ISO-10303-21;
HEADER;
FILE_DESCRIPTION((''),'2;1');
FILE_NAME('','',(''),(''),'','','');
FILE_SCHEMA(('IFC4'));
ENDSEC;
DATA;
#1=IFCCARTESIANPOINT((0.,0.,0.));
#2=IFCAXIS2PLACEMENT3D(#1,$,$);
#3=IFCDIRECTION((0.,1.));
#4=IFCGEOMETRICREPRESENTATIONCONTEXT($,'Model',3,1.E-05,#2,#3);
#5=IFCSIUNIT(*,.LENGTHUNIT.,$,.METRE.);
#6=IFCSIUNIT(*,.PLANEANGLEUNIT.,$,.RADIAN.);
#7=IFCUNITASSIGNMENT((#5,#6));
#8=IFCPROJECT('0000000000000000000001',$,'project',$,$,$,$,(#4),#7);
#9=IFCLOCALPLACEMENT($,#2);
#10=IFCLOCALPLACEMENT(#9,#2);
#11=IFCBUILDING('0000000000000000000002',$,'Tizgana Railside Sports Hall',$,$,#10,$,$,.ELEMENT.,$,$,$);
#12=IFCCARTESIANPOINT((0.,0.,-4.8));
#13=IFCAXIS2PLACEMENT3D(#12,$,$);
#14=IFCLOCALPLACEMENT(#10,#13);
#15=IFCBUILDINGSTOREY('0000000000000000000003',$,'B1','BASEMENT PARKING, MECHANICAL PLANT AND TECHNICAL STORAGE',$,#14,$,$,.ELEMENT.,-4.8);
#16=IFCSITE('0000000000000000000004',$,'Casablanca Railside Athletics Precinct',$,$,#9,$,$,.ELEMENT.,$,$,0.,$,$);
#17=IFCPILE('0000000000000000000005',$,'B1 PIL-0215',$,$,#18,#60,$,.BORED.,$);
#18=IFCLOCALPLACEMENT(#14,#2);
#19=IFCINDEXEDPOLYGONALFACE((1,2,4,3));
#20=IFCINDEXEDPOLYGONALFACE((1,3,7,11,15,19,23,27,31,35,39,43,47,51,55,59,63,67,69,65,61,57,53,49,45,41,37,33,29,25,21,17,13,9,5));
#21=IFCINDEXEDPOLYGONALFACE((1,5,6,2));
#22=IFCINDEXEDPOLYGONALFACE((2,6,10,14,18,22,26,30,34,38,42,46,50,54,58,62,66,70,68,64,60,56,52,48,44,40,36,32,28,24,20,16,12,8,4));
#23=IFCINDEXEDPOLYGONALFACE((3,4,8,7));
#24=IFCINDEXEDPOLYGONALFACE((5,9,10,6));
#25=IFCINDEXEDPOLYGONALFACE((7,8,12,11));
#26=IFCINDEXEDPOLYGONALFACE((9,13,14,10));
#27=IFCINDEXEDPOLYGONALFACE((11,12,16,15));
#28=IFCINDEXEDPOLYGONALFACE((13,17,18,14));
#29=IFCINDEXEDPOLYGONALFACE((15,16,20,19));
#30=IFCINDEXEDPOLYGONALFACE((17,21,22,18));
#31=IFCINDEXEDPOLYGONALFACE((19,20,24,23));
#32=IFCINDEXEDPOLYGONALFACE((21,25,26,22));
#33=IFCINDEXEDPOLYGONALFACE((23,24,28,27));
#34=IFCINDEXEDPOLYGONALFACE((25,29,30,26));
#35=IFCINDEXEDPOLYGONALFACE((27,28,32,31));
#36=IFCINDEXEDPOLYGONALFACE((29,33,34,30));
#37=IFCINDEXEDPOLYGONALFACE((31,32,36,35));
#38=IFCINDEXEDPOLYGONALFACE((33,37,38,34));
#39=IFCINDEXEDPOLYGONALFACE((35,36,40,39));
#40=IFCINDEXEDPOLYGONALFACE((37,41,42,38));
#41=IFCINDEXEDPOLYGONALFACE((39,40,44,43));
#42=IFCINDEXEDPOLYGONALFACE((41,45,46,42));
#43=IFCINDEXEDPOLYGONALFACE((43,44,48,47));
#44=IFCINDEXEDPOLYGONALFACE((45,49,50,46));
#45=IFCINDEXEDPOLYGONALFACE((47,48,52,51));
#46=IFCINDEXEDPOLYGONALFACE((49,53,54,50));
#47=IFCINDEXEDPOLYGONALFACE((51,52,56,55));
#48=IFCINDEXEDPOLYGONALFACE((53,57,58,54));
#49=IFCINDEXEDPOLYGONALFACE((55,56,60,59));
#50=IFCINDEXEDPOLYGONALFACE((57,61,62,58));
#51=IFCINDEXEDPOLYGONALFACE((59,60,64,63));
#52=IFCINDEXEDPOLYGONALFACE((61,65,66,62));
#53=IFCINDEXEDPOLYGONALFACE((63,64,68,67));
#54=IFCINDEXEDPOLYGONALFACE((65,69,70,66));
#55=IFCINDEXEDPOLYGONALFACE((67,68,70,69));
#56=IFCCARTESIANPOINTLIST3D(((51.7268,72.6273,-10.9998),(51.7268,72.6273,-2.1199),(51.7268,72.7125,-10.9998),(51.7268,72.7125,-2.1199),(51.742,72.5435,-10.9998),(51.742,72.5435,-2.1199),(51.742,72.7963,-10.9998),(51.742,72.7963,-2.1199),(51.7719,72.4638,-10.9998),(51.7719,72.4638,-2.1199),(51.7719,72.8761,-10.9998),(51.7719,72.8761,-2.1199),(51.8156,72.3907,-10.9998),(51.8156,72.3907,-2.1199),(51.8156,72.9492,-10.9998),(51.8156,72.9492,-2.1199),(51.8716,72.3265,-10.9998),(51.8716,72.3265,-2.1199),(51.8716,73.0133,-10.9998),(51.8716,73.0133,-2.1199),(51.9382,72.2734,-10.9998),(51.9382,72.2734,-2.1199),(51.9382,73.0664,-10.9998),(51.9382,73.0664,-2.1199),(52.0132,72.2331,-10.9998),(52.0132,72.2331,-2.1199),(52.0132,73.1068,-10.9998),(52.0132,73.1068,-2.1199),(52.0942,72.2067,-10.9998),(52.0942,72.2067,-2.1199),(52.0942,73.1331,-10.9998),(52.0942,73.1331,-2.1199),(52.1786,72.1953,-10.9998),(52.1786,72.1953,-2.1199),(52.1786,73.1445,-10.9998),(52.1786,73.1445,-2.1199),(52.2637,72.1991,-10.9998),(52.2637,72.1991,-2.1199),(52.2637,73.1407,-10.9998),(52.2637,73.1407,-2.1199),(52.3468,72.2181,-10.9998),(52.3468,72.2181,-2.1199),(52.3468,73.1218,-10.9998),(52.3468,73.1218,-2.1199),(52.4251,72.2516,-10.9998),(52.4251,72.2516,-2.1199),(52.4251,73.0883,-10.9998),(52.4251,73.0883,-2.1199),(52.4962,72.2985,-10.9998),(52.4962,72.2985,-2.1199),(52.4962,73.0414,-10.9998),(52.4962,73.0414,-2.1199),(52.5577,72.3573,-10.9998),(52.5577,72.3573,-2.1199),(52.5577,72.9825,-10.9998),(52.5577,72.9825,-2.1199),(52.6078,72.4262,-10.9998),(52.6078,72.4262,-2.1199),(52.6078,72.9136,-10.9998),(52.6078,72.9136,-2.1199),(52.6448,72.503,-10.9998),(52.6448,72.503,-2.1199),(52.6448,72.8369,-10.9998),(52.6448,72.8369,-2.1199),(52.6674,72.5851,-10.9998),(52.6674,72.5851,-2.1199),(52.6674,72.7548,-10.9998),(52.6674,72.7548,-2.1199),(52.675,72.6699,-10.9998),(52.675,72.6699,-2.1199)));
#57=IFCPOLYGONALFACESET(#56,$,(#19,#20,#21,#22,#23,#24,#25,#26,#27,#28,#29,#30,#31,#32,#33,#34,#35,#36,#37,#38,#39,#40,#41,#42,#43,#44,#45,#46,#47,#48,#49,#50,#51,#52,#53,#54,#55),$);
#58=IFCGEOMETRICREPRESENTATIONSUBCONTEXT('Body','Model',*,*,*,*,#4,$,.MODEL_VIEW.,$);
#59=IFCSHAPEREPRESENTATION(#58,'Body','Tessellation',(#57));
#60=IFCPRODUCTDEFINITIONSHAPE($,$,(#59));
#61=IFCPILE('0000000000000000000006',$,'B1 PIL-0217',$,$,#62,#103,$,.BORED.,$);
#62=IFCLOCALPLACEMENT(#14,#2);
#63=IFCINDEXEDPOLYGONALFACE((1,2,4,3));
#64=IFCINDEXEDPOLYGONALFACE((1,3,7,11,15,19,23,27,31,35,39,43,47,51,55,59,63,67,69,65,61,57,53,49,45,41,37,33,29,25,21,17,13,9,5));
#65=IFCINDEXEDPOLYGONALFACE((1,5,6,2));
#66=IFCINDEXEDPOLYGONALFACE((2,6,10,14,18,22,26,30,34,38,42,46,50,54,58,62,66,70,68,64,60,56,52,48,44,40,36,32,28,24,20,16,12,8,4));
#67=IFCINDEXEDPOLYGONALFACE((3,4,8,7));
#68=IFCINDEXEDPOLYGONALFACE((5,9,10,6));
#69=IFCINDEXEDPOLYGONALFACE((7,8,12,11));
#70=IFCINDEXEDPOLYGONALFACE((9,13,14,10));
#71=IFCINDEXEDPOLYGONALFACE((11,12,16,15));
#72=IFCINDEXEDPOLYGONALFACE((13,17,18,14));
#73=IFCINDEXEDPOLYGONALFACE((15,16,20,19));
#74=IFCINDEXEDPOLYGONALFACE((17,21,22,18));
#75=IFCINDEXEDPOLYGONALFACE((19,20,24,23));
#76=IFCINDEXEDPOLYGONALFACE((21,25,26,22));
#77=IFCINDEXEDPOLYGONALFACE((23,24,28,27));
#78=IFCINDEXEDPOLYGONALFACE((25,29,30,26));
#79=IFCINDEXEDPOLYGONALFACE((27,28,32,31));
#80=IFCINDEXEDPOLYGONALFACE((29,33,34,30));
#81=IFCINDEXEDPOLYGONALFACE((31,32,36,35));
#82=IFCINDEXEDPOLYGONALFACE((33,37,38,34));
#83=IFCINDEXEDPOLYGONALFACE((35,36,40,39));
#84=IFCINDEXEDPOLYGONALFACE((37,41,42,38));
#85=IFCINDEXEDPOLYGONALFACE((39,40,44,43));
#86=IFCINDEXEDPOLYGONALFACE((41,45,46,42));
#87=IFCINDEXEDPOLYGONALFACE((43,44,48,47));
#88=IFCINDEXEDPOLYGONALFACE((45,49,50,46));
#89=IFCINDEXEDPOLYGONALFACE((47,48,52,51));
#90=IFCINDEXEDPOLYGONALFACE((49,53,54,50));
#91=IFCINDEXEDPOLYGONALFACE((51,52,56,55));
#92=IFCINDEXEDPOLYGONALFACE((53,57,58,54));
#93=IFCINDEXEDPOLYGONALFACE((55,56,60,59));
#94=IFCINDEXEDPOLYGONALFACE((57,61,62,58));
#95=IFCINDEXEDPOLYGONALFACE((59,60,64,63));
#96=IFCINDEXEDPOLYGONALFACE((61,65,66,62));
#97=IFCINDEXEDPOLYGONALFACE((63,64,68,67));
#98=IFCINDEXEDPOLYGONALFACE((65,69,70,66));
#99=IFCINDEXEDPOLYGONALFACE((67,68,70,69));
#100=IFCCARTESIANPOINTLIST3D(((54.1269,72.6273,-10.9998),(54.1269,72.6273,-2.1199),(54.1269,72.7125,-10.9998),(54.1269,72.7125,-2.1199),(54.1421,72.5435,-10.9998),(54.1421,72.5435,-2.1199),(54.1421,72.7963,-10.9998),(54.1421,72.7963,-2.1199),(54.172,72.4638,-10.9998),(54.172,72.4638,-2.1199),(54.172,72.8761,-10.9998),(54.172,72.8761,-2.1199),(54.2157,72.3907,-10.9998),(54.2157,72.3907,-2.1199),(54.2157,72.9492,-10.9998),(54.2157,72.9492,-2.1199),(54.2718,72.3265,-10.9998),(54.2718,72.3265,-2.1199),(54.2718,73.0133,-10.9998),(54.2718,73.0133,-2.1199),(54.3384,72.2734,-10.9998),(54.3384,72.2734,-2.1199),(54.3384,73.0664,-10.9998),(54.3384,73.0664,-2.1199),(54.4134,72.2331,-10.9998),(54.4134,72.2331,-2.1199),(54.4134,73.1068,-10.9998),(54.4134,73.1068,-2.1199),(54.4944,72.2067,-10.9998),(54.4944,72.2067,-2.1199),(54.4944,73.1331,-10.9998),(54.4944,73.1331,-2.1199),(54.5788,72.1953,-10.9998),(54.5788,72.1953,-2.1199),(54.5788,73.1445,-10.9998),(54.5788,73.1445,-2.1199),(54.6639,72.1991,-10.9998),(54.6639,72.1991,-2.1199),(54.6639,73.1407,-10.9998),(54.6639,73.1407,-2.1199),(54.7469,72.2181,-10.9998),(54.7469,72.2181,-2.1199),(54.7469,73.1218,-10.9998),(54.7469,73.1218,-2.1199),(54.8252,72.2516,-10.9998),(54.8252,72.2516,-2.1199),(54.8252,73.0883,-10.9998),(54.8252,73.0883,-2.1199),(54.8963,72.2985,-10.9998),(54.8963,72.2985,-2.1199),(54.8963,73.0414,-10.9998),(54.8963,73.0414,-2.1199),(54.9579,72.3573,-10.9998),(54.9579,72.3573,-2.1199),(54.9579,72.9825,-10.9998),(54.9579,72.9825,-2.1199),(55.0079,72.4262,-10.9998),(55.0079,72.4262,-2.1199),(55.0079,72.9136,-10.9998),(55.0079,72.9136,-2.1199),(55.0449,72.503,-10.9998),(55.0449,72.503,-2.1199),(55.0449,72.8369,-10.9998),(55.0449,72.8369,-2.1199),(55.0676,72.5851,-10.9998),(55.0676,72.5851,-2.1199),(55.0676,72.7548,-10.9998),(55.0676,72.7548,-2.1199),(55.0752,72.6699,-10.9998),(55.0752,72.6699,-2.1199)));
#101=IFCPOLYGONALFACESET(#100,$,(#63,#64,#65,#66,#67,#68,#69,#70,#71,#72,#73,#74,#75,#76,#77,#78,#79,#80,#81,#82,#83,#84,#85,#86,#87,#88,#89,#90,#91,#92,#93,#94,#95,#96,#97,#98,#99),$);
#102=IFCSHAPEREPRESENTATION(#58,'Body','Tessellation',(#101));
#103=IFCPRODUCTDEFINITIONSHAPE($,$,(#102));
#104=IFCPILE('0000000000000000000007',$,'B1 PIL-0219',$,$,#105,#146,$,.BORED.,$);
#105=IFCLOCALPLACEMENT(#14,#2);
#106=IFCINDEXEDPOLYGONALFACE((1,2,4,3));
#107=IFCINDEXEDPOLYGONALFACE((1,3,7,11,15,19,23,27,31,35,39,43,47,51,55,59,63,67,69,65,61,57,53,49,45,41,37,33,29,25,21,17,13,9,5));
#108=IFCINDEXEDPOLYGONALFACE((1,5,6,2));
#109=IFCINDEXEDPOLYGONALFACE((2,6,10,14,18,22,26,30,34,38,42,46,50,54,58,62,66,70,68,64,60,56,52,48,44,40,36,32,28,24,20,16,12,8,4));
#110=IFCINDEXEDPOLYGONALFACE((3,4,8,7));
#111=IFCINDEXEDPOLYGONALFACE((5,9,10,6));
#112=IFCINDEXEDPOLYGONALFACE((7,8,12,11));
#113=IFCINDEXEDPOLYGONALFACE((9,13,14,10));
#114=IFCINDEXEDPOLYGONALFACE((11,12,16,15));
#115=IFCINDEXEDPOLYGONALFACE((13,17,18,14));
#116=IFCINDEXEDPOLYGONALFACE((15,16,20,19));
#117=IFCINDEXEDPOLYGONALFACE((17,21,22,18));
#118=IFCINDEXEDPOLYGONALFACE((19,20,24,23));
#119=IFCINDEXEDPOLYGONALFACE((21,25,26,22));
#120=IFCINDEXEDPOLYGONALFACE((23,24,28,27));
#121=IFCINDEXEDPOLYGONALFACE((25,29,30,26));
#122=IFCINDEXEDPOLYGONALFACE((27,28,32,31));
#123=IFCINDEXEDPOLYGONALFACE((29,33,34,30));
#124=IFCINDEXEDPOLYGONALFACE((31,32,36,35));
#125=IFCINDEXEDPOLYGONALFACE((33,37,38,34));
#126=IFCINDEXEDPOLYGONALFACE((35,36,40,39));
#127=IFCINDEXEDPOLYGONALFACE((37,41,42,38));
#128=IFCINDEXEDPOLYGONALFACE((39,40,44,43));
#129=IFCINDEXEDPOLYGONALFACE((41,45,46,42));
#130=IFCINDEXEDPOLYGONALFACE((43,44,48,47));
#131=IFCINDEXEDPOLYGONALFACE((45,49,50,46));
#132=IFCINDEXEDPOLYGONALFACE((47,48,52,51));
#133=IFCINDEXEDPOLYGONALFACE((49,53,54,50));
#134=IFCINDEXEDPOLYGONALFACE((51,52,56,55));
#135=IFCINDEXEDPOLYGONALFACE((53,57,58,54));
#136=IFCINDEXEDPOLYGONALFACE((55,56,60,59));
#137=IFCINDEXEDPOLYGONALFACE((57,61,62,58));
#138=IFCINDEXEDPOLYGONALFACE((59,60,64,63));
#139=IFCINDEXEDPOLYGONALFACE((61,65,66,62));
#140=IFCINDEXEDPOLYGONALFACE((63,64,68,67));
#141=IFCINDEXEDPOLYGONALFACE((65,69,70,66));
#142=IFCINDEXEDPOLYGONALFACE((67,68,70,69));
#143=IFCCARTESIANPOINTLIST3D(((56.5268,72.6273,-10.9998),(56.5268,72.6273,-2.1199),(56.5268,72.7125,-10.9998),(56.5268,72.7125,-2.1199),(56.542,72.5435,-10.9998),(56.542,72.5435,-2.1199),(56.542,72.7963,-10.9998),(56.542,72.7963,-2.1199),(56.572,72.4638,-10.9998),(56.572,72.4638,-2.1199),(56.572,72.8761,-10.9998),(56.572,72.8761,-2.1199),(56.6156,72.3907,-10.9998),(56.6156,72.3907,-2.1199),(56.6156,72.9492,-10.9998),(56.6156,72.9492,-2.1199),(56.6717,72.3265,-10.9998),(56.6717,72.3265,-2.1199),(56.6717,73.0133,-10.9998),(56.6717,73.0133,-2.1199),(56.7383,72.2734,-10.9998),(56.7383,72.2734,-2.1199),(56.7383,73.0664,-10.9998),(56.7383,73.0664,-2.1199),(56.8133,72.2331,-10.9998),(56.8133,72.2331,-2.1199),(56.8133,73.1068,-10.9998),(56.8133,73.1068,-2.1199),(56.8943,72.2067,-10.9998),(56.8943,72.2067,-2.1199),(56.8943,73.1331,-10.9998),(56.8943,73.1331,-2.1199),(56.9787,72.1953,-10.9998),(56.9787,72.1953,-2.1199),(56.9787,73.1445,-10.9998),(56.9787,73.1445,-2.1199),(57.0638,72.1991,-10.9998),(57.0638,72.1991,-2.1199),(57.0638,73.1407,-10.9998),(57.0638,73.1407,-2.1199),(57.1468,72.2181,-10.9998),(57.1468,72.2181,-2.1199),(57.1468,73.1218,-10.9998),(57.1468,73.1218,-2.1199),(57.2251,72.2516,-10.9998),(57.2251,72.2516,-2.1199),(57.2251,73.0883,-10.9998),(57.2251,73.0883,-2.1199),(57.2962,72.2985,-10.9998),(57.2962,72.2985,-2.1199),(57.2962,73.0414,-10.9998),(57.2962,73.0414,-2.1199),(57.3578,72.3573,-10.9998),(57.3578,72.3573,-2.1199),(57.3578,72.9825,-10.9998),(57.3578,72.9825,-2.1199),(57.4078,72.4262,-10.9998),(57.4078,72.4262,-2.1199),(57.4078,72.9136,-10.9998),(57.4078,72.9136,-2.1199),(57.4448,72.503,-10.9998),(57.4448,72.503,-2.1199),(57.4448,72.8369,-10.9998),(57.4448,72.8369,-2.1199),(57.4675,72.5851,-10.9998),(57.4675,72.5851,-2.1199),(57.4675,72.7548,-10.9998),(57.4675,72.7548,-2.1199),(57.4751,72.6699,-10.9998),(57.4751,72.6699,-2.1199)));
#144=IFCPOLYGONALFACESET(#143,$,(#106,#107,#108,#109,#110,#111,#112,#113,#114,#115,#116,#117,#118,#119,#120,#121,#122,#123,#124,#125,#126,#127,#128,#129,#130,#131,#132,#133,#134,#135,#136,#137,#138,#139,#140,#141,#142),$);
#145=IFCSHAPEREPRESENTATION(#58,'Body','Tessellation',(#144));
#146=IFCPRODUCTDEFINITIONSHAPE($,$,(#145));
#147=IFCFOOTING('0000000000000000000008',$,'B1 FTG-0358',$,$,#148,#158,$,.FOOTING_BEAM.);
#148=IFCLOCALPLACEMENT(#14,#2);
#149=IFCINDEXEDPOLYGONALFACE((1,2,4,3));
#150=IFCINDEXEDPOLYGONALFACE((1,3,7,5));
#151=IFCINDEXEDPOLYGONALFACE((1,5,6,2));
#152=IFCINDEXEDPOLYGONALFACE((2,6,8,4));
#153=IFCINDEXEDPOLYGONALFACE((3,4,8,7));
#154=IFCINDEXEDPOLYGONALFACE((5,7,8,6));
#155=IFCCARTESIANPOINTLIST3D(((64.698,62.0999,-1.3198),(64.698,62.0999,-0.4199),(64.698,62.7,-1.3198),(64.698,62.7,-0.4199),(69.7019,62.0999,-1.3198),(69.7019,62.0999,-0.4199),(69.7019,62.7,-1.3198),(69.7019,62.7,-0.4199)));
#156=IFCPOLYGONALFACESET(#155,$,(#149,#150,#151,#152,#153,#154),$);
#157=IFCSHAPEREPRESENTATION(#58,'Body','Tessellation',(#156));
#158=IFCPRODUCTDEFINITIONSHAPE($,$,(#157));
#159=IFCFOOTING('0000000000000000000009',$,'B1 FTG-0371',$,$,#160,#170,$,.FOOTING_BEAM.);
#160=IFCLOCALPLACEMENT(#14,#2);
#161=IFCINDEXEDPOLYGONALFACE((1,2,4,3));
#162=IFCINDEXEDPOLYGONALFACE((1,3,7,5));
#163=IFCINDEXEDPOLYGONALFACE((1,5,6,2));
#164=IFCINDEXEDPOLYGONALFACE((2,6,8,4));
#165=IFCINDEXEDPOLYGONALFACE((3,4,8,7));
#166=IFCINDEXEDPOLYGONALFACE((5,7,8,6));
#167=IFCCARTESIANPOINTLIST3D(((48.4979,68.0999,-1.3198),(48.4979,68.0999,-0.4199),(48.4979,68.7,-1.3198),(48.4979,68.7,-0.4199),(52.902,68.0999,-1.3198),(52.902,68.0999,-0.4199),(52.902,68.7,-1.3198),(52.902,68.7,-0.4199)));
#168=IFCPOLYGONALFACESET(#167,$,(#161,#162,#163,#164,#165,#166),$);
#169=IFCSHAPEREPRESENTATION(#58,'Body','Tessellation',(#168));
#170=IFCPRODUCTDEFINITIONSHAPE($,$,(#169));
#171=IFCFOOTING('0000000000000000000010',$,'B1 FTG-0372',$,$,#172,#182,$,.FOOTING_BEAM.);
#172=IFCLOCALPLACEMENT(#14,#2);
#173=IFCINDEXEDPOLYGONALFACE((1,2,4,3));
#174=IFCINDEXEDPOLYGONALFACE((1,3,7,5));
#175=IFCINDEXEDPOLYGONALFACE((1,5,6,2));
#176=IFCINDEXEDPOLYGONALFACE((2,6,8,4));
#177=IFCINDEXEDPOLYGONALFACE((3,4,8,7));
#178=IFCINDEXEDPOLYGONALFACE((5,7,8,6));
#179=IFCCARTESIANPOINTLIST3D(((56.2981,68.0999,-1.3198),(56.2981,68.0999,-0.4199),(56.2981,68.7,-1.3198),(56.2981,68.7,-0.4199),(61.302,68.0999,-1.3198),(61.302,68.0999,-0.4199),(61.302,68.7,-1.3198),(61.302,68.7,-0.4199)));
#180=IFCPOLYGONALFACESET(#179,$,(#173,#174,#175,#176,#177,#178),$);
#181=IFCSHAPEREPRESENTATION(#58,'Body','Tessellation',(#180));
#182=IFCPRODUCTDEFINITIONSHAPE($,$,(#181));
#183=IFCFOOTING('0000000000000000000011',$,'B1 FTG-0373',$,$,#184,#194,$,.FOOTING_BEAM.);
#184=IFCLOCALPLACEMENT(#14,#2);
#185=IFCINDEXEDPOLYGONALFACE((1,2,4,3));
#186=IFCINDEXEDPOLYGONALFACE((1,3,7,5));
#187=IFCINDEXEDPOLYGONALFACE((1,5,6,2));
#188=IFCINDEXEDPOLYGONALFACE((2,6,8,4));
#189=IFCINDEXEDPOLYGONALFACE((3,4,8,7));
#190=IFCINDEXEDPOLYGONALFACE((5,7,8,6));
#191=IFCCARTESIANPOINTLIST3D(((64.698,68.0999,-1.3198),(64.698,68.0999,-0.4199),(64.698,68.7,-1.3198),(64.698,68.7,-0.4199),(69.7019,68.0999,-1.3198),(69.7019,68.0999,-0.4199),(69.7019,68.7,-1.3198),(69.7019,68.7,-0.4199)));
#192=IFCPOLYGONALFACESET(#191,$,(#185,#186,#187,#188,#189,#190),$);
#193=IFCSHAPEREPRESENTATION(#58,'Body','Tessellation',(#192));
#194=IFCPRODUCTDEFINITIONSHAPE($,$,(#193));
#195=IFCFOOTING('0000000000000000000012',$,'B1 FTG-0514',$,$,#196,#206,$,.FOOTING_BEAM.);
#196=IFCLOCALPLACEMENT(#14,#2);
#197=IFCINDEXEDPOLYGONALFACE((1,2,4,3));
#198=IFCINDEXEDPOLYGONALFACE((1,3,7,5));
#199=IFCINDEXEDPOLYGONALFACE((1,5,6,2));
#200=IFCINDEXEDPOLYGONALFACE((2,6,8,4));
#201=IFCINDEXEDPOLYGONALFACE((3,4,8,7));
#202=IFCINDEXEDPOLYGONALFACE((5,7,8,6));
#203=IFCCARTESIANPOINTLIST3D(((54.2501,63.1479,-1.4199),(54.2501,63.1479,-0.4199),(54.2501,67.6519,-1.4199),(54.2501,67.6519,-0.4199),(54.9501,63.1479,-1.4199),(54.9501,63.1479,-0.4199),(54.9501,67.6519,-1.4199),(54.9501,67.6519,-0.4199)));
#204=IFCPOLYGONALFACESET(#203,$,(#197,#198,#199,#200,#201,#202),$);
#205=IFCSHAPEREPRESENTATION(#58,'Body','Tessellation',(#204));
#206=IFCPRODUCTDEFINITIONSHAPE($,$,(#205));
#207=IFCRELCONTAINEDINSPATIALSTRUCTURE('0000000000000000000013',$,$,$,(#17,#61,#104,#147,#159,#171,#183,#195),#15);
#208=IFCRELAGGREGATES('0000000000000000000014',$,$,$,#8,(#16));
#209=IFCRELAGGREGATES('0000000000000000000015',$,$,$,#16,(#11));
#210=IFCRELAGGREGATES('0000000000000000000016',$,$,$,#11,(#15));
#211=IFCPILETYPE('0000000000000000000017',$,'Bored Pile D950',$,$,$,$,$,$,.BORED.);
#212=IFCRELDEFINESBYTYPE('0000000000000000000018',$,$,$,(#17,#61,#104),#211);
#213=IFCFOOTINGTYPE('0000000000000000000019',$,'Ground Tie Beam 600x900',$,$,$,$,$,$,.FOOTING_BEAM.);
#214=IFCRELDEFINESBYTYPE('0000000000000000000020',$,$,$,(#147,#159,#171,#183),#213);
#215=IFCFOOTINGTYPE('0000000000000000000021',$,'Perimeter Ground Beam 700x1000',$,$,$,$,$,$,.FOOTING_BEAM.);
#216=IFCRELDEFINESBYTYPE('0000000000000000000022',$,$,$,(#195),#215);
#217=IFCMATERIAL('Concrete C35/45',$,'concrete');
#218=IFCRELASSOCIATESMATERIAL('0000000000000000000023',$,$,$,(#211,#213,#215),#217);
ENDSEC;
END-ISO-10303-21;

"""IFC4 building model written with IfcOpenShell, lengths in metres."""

from ifc_helpers import new_model, si_unit, direction, frame, origin, origin_2d, place, context, subcontext, project, spatial, rectangle, circle, extrude, material, material_profile, profile_set, type_object, element, save


model = new_model("IFC4")

# Units and contexts
model_context = context("Model", 3, precision=1e-05, world=origin(), true_north=direction((0.0, 1.0)))
body_context = subcontext(model_context, "Body", "Model", "MODEL_VIEW")
ifc_project = project(units=[si_unit("LENGTHUNIT", "METRE"), si_unit("PLANEANGLEUNIT", "RADIAN")], contexts=[model_context])

# Site, building, storey
site_placement = place(None, origin())
site = spatial("IfcSite", under=ifc_project, at=site_placement, Name="Casablanca Railside Athletics Precinct", CompositionType="ELEMENT", RefElevation=0.0)
building_placement = place(site_placement, origin())
building = spatial("IfcBuilding", under=site, at=building_placement, Name="Tizgana Railside Sports Hall", CompositionType="ELEMENT")
storey_placement = place(building_placement, frame((0.0, 0.0, -4.8)))
storey = spatial("IfcBuildingStorey", under=building, at=storey_placement, Name="B1", Description="BASEMENT PARKING, MECHANICAL PLANT AND TECHNICAL STORAGE", CompositionType="ELEMENT", Elevation=-4.8)

# Piles
ifc_material_1 = material(Name="Concrete C35/45", Category="concrete")
ifc_material_profile_1 = material_profile(ifc_material_1, circle(Radius=0.4751, at=origin_2d()), Name="PILE D950")
ifc_profile_set_1 = profile_set([ifc_material_profile_1], Name="Concrete C35/45")
pile_type_1 = type_object("IfcPileType", Name="Bored Pile D950", PredefinedType="BORED", material=ifc_profile_set_1)
for number, where, z_axis, x_axis, name in (
    (1, (52.2, 72.6699, -2.1199), (0.0, 0.0, -1.0), (1.0, 0.0, 0.0), "B1 PIL-0215"),
    (2, (54.6001, 72.6699, -2.1199), (0.0, 0.0, -1.0), (1.0, 0.0, 0.0), "B1 PIL-0217"),
    (3, (57.0, 72.6699, -2.1199), (0.0, 0.0, -1.0), (1.0, 0.0, 0.0), "B1 PIL-0219"),
):
    element("IfcPile", number, at=place(storey_placement, frame(where, z_axis=z_axis, x_axis=x_axis)), inside=storey, type_object=pile_type_1, Name=name, PredefinedType="BORED", context=body_context, shape_type="SweptSolid", body=[
        extrude(circle(Radius=0.4751, at=origin_2d()), origin(), (0.0, 0.0, 1.0), 8.8799),
    ])

# Footings
footing_type_1 = type_object("IfcFootingType", Name="Ground Tie Beam 600x900", PredefinedType="FOOTING_BEAM", material=ifc_material_1)
footing_1_placement = place(storey_placement, frame((67.2, 62.3999, -1.3198), z_axis=(0.0, 0.0, 1.0), x_axis=(1.0, 0.0, 0.0)))
element("IfcFooting", 4, at=footing_1_placement, inside=storey, type_object=footing_type_1, Name="B1 FTG-0358", PredefinedType="FOOTING_BEAM", context=body_context, shape_type="SweptSolid", body=[
    extrude(rectangle(XDim=5.0039, YDim=0.6001, at=origin_2d()), origin(), (0.0, 0.0, 1.0), 0.8999),
])
footing_2_placement = place(storey_placement, frame((50.7, 68.3999, -1.3198), z_axis=(0.0, 0.0, 1.0), x_axis=(1.0, 0.0, 0.0)))
element("IfcFooting", 5, at=footing_2_placement, inside=storey, type_object=footing_type_1, Name="B1 FTG-0371", PredefinedType="FOOTING_BEAM", context=body_context, shape_type="SweptSolid", body=[
    extrude(rectangle(XDim=4.4041, YDim=0.6001, at=origin_2d()), origin(), (0.0, 0.0, 1.0), 0.8999),
])
for number, where, z_axis, x_axis, name in (
    (6, (58.8, 68.3999, -1.3198), (0.0, 0.0, 1.0), (1.0, 0.0, 0.0), "B1 FTG-0372"),
    (7, (67.2, 68.3999, -1.3198), (0.0, 0.0, 1.0), (1.0, 0.0, 0.0), "B1 FTG-0373"),
):
    element("IfcFooting", number, at=place(storey_placement, frame(where, z_axis=z_axis, x_axis=x_axis)), inside=storey, type_object=footing_type_1, Name=name, PredefinedType="FOOTING_BEAM", context=body_context, shape_type="SweptSolid", body=[
        extrude(rectangle(XDim=5.0039, YDim=0.6001, at=origin_2d()), origin(), (0.0, 0.0, 1.0), 0.8999),
    ])
footing_type_2 = type_object("IfcFootingType", Name="Perimeter Ground Beam 700x1000", PredefinedType="FOOTING_BEAM", material=ifc_material_1)
footing_3_placement = place(storey_placement, frame((54.6001, 65.3999, -1.4199), z_axis=(0.0, 0.0, 1.0), x_axis=(0.0, 1.0, 0.0)))
element("IfcFooting", 8, at=footing_3_placement, inside=storey, type_object=footing_type_2, Name="B1 FTG-0514", PredefinedType="FOOTING_BEAM", context=body_context, shape_type="SweptSolid", body=[
    extrude(rectangle(XDim=4.5039, YDim=0.7, at=origin_2d()), origin(), (0.0, 0.0, 1.0), 1.0),
])

save(model, "model.ifc")
